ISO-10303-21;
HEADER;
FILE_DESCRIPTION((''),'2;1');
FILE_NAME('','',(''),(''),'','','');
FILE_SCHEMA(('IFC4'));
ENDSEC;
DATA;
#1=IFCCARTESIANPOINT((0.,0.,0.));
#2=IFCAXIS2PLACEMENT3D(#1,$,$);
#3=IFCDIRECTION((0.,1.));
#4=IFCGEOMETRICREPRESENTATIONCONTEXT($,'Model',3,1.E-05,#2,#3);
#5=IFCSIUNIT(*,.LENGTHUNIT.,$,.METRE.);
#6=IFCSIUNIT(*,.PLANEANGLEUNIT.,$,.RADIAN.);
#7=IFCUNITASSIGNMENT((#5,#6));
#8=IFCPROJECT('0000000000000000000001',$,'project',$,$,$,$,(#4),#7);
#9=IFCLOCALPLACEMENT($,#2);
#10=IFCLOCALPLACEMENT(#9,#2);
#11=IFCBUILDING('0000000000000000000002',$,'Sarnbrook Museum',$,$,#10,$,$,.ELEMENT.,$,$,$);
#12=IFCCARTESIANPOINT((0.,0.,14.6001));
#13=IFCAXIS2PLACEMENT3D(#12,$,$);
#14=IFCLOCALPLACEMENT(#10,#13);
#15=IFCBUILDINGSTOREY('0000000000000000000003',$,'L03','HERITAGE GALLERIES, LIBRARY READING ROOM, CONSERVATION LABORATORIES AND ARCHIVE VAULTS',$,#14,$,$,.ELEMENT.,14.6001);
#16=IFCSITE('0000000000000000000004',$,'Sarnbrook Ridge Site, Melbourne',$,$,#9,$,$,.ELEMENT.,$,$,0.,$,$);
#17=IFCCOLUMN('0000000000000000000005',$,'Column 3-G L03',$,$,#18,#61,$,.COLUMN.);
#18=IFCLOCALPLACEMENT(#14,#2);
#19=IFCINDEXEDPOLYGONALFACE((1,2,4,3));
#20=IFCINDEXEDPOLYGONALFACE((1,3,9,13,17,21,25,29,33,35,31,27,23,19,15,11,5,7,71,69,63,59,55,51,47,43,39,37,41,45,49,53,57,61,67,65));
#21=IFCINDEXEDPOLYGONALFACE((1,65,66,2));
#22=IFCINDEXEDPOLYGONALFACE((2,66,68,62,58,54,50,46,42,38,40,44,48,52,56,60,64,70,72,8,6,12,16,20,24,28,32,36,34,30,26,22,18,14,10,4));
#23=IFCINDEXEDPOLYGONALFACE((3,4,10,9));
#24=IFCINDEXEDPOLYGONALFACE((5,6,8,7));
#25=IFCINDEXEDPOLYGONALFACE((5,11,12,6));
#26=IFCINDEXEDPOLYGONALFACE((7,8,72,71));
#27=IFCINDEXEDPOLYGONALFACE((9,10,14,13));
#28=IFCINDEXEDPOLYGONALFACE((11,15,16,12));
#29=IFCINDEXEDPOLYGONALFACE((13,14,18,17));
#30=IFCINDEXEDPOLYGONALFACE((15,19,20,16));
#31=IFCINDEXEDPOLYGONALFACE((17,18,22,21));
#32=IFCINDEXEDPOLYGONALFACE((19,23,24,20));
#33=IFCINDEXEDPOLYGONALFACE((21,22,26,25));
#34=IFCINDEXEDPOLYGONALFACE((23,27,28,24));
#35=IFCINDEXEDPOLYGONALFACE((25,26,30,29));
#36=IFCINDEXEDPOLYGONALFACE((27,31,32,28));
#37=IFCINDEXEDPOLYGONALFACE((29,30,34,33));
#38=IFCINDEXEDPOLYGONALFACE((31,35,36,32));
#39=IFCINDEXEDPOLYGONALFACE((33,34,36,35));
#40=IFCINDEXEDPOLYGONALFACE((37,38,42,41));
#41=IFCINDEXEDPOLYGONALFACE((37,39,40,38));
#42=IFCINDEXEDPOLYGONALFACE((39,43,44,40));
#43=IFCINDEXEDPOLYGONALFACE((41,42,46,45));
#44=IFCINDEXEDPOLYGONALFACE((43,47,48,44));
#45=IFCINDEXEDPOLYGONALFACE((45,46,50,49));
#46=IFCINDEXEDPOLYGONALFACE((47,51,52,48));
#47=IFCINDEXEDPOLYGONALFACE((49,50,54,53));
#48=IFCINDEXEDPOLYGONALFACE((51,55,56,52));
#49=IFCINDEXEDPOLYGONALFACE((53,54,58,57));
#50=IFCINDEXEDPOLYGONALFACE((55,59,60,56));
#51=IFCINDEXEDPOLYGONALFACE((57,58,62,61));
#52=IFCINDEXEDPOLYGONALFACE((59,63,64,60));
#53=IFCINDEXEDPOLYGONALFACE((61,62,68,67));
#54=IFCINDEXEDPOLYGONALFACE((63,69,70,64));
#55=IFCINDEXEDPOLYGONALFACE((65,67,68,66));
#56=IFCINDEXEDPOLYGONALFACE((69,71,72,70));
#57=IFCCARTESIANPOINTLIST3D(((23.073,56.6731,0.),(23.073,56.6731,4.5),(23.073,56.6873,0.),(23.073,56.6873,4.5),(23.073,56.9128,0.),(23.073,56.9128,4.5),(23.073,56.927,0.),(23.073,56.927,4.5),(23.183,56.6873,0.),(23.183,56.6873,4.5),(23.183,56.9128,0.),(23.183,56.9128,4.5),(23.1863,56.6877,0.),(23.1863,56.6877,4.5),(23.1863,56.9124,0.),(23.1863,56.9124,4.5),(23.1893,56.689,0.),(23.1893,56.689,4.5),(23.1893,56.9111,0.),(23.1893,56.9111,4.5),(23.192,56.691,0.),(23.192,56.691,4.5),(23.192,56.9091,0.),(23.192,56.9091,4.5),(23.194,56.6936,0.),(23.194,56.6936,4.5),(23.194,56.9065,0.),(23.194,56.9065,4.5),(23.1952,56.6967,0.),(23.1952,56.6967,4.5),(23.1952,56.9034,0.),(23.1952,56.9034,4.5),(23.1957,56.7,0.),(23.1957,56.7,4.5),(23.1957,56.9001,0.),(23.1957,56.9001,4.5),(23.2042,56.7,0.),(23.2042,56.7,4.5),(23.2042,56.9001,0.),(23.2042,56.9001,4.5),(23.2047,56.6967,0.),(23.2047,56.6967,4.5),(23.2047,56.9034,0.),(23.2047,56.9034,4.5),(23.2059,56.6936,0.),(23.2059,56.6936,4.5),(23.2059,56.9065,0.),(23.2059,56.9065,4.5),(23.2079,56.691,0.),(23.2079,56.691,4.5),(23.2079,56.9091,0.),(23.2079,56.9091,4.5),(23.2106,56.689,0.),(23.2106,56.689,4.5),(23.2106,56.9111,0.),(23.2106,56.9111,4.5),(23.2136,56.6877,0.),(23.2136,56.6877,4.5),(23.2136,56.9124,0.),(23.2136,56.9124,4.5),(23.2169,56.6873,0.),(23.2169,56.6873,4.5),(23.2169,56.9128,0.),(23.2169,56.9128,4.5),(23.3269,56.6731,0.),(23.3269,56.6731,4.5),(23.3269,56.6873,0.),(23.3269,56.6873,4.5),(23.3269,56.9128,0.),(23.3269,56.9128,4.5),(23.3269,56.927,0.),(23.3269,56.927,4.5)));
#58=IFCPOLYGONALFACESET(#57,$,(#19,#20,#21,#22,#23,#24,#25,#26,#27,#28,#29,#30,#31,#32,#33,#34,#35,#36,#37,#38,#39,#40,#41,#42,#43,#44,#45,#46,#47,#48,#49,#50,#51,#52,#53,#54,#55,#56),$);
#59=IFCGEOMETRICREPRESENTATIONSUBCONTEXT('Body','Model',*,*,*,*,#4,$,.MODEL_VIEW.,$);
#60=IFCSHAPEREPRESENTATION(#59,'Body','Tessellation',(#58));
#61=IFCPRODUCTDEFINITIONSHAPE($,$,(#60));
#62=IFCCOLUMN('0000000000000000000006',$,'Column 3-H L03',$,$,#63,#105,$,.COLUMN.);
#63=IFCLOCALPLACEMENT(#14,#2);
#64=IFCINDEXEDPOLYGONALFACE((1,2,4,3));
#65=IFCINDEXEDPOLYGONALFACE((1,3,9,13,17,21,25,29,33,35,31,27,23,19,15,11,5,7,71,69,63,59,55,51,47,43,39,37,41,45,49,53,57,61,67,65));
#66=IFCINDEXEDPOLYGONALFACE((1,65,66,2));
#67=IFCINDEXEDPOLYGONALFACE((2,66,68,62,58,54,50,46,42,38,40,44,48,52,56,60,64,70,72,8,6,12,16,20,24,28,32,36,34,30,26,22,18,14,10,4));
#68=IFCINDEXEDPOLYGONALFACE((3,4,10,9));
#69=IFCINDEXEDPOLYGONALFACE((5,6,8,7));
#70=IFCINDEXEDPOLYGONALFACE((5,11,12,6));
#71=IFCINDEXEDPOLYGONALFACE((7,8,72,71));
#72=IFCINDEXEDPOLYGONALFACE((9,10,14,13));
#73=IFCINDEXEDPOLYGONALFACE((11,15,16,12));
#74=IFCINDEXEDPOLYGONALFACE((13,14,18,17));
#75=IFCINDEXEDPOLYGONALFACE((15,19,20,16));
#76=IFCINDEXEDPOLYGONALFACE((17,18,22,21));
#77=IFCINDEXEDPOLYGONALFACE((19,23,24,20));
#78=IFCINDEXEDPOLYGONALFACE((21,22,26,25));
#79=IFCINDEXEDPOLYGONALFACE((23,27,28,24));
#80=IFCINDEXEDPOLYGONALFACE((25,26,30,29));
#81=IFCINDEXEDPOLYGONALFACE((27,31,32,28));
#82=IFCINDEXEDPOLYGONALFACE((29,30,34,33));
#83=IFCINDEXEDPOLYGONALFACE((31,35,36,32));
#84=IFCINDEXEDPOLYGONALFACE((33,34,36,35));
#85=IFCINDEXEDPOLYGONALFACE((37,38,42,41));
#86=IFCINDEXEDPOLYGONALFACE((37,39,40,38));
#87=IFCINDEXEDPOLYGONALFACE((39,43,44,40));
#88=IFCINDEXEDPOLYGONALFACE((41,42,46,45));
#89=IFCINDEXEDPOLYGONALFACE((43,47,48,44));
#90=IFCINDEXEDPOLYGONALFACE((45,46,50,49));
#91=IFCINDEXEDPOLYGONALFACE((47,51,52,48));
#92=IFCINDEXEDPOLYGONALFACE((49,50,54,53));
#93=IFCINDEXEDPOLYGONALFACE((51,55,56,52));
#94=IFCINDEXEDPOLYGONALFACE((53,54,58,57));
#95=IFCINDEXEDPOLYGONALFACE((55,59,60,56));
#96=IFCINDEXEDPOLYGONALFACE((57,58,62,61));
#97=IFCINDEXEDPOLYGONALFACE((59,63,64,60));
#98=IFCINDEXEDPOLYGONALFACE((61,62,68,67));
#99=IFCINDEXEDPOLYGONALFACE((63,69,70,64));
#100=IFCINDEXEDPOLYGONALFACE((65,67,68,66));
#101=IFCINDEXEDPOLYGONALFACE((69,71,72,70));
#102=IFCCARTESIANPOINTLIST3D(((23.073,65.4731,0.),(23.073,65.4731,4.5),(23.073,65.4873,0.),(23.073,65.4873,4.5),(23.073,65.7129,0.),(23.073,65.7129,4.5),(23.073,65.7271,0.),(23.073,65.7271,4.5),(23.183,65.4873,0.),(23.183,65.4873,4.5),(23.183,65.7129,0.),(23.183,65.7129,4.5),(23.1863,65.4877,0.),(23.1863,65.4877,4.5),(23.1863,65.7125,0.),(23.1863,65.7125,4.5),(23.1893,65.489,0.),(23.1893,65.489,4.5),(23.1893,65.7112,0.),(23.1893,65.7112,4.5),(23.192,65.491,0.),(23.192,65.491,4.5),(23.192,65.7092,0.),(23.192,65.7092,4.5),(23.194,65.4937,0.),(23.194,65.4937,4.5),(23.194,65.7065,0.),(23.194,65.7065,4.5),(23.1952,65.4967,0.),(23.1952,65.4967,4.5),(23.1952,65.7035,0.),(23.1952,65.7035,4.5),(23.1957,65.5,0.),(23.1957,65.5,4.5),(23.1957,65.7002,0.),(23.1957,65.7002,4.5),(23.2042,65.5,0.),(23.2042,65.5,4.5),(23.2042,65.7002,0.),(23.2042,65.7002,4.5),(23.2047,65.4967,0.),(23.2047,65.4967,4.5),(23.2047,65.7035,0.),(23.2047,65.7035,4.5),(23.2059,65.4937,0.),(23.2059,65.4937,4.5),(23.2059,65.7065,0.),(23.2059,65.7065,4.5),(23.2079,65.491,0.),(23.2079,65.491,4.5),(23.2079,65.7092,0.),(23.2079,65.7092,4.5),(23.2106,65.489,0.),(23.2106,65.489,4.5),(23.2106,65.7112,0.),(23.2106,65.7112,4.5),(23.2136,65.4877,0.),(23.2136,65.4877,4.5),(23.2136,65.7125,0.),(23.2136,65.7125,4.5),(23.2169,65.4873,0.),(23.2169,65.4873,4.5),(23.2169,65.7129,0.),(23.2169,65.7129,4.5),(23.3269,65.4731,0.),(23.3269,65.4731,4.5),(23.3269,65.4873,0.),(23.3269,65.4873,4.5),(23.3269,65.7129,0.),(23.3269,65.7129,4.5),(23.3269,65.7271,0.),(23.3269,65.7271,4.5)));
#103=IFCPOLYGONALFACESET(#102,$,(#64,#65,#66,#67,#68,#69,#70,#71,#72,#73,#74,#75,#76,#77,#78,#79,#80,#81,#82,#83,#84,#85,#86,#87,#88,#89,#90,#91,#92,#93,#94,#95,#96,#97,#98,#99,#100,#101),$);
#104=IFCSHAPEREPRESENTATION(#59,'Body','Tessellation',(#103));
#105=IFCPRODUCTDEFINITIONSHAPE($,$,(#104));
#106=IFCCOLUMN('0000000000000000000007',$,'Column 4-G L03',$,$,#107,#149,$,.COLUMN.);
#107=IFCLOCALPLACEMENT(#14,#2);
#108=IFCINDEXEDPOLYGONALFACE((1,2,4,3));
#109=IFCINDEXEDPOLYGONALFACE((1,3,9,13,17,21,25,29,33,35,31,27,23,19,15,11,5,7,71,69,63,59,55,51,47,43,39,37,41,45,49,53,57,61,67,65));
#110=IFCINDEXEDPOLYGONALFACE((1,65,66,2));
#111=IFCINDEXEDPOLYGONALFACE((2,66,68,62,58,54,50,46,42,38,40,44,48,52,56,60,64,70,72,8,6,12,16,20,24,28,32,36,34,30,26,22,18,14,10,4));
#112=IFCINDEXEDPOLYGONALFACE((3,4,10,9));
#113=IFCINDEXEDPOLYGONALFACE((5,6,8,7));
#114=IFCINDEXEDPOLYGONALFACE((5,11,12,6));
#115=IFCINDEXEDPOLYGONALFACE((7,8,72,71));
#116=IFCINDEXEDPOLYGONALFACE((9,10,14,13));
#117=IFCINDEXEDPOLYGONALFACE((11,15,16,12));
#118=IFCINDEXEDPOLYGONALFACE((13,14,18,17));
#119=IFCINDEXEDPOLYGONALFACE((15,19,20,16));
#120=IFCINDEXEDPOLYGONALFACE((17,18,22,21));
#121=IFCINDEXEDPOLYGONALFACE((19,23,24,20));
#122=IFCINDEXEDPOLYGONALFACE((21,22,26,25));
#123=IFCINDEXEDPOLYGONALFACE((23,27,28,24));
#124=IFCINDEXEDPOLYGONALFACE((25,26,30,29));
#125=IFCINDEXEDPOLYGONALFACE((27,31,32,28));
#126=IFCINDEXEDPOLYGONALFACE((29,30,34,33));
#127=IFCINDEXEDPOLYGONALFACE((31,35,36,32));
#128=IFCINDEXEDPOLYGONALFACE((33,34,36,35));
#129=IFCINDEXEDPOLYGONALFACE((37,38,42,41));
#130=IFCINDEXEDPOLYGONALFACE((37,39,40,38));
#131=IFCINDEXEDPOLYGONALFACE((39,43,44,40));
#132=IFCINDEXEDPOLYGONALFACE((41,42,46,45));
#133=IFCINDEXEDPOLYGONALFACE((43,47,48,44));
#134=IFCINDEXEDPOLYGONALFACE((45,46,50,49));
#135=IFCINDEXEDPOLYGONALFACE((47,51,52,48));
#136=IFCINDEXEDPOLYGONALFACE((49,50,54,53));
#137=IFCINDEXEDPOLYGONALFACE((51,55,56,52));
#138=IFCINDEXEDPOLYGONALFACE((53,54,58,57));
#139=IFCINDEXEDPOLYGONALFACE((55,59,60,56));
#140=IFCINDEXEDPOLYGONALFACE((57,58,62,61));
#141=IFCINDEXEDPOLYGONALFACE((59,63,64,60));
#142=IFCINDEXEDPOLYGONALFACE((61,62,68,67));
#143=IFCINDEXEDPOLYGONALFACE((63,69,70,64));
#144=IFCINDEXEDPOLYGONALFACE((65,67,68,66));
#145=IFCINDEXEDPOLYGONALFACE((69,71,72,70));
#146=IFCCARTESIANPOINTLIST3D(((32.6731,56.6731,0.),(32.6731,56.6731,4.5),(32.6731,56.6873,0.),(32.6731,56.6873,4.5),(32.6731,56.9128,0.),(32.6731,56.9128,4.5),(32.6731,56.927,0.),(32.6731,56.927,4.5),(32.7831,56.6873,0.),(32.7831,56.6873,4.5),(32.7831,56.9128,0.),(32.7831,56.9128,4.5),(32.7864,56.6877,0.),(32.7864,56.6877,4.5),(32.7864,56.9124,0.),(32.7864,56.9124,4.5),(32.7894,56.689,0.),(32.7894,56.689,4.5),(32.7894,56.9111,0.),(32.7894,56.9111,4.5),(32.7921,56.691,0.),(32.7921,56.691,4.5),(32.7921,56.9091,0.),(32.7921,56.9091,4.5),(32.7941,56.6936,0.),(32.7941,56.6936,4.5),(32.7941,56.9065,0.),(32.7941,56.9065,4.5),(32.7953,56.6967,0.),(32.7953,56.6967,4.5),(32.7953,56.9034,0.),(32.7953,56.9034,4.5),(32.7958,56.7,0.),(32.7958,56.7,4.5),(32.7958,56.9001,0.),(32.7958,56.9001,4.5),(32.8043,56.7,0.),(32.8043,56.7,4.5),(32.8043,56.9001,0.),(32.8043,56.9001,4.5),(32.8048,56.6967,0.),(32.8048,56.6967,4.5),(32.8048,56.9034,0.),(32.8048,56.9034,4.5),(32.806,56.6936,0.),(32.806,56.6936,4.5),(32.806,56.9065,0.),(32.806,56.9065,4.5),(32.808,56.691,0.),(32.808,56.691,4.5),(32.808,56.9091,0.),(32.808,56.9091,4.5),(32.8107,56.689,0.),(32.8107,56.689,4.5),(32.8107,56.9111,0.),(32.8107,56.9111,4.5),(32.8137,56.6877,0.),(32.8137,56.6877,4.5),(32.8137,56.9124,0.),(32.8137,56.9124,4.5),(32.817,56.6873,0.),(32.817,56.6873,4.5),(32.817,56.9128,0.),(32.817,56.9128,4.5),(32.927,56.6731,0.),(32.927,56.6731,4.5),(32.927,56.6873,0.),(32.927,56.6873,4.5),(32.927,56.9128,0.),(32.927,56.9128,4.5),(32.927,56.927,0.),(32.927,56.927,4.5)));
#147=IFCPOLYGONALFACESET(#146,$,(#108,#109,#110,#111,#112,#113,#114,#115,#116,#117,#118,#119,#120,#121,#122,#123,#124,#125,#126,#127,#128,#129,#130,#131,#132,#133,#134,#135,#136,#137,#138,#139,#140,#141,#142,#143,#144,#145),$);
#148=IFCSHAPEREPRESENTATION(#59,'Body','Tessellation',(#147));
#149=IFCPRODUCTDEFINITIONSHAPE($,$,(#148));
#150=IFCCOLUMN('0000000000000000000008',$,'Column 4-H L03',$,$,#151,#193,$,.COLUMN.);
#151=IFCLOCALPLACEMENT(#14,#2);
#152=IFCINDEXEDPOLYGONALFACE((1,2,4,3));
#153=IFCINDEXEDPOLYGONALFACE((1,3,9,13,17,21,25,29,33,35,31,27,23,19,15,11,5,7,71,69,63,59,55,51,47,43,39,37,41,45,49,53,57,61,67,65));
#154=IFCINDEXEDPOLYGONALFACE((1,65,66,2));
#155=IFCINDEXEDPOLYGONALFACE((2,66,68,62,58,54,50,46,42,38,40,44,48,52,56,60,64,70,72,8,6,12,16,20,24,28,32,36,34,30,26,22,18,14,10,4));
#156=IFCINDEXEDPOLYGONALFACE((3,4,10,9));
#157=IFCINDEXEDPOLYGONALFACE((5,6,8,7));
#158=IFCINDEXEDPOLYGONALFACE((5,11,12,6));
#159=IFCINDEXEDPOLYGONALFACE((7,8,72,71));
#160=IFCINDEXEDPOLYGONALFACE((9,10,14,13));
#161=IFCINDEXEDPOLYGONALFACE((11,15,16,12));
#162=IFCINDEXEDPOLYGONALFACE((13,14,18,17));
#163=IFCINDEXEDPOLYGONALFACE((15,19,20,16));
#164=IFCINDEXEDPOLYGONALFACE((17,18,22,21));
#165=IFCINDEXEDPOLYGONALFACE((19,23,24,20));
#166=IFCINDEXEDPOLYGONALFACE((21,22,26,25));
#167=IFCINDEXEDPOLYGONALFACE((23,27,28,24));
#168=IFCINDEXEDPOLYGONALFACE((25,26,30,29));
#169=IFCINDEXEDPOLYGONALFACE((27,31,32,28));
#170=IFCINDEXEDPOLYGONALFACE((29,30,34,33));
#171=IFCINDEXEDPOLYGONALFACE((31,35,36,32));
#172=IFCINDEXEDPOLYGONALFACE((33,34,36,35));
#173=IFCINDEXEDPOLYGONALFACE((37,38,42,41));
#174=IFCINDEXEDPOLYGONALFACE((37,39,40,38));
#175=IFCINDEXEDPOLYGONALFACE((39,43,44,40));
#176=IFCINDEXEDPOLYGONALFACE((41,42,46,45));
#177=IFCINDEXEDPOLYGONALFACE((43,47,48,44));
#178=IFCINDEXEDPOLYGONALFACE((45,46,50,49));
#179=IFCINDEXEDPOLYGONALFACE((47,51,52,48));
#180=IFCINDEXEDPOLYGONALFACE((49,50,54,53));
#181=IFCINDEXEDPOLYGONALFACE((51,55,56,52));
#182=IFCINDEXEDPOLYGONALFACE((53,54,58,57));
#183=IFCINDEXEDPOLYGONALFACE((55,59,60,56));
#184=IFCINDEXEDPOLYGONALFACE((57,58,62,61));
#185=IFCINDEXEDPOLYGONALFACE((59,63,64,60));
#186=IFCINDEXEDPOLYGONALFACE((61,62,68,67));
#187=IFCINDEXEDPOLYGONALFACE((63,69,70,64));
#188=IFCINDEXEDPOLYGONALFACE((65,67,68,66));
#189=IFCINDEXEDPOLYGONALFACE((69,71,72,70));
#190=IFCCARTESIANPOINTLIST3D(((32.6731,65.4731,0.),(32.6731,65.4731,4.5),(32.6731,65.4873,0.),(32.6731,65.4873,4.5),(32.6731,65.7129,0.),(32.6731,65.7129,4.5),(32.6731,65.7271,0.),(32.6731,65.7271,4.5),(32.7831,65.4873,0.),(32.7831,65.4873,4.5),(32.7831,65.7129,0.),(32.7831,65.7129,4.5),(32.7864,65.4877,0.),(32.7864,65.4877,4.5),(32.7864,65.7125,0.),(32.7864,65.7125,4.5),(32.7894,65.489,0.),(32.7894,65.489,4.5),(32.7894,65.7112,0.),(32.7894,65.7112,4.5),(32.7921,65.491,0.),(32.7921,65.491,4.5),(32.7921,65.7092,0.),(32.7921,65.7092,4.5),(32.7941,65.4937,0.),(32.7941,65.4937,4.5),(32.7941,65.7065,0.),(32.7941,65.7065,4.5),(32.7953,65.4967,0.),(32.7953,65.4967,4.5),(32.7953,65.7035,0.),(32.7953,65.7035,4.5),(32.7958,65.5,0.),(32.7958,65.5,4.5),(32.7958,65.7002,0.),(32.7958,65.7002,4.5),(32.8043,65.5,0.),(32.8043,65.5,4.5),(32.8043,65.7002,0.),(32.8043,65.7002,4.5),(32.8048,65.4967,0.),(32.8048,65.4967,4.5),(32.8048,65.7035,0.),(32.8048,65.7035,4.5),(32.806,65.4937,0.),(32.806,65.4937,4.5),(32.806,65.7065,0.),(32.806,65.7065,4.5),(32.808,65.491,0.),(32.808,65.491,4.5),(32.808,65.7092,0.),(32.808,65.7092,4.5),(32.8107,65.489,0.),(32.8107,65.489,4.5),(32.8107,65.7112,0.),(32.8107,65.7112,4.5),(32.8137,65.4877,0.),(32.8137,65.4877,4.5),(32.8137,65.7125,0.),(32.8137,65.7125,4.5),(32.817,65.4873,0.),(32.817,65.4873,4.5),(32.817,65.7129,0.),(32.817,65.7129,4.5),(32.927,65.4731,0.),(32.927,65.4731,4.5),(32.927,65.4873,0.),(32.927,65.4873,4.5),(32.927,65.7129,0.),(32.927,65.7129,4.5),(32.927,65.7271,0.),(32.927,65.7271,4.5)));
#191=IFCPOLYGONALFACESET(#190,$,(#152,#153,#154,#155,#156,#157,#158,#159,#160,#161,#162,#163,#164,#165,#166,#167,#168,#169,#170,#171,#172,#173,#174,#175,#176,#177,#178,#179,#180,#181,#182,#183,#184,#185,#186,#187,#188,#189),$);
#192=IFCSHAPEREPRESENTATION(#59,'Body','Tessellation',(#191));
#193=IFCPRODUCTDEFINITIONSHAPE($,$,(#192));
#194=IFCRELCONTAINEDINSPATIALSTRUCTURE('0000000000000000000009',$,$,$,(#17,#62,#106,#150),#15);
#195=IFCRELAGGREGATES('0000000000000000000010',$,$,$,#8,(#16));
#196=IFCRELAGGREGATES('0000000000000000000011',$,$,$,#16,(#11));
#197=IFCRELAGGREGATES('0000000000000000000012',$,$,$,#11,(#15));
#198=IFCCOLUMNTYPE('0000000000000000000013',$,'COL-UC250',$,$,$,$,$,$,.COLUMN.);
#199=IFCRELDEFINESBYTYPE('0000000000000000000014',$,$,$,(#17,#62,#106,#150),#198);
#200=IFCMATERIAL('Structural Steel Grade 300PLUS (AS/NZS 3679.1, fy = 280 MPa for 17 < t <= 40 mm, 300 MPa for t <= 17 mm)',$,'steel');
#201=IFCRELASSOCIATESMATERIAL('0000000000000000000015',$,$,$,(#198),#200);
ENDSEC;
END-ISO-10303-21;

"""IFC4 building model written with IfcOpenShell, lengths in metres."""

from ifc_helpers import new_model, si_unit, direction, frame, origin, origin_2d, place, context, subcontext, project, spatial, i_section, extrude, material, material_profile, profile_set, type_object, element, save


model = new_model("IFC4")

# Units and contexts
model_context = context("Model", 3, precision=1e-05, world=origin(), true_north=direction((0.0, 1.0)))
body_context = subcontext(model_context, "Body", "Model", "MODEL_VIEW")
ifc_project = project(units=[si_unit("LENGTHUNIT", "METRE"), si_unit("PLANEANGLEUNIT", "RADIAN")], contexts=[model_context])

# Site, building, storey
site_placement = place(None, origin())
site = spatial("IfcSite", under=ifc_project, at=site_placement, Name="Sarnbrook Ridge Site, Melbourne", CompositionType="ELEMENT", RefElevation=0.0)
building_placement = place(site_placement, origin())
building = spatial("IfcBuilding", under=site, at=building_placement, Name="Sarnbrook Museum", CompositionType="ELEMENT")
storey_placement = place(building_placement, frame((0.0, 0.0, 14.6001)))
storey = spatial("IfcBuildingStorey", under=building, at=storey_placement, Name="L03", Description="HERITAGE GALLERIES, LIBRARY READING ROOM, CONSERVATION LABORATORIES AND ARCHIVE VAULTS", CompositionType="ELEMENT", Elevation=14.6001)

# Columns
ifc_material_1 = material(Name="Structural Steel Grade 300PLUS (AS/NZS 3679.1, fy = 280 MPa for 17 < t <= 40 mm, 300 MPa for t <= 17 mm)", Category="steel")
ifc_material_profile_1 = material_profile(ifc_material_1, i_section(OverallWidth=0.2539, OverallDepth=0.2539, WebThickness=0.0085, FlangeThickness=0.0142, FilletRadius=0.0127, at=origin_2d()), Name="250UC72.9")
ifc_profile_set_1 = profile_set([ifc_material_profile_1], Name="Structural Steel Grade 300PLUS (AS/NZS 3679.1, fy = 280 MPa for 17 < t <= 40 mm, 300 MPa for t <= 17 mm)")
column_type = type_object("IfcColumnType", Name="COL-UC250", PredefinedType="COLUMN", material=ifc_profile_set_1)
for number, where, z_axis, x_axis, name in (
    (1, (23.2, 56.8, 0.0), (0.0, 0.0, 1.0), (1.0, 0.0, 0.0), "Column 3-G L03"),
    (2, (23.2, 65.6001, 0.0), (0.0, 0.0, 1.0), (1.0, 0.0, 0.0), "Column 3-H L03"),
    (3, (32.8, 56.8, 0.0), (0.0, 0.0, 1.0), (1.0, 0.0, 0.0), "Column 4-G L03"),
    (4, (32.8, 65.6001, 0.0), (0.0, 0.0, 1.0), (1.0, 0.0, 0.0), "Column 4-H L03"),
):
    element("IfcColumn", number, at=place(storey_placement, frame(where, z_axis=z_axis, x_axis=x_axis)), inside=storey, type_object=column_type, Name=name, PredefinedType="COLUMN", context=body_context, shape_type="SweptSolid", body=[
        extrude(i_section(OverallWidth=0.2539, OverallDepth=0.2539, WebThickness=0.0085, FlangeThickness=0.0142, FilletRadius=0.0127, at=origin_2d()), origin(), (0.0, 0.0, 1.0), 4.5),
    ])

save(model, "model.ifc")
